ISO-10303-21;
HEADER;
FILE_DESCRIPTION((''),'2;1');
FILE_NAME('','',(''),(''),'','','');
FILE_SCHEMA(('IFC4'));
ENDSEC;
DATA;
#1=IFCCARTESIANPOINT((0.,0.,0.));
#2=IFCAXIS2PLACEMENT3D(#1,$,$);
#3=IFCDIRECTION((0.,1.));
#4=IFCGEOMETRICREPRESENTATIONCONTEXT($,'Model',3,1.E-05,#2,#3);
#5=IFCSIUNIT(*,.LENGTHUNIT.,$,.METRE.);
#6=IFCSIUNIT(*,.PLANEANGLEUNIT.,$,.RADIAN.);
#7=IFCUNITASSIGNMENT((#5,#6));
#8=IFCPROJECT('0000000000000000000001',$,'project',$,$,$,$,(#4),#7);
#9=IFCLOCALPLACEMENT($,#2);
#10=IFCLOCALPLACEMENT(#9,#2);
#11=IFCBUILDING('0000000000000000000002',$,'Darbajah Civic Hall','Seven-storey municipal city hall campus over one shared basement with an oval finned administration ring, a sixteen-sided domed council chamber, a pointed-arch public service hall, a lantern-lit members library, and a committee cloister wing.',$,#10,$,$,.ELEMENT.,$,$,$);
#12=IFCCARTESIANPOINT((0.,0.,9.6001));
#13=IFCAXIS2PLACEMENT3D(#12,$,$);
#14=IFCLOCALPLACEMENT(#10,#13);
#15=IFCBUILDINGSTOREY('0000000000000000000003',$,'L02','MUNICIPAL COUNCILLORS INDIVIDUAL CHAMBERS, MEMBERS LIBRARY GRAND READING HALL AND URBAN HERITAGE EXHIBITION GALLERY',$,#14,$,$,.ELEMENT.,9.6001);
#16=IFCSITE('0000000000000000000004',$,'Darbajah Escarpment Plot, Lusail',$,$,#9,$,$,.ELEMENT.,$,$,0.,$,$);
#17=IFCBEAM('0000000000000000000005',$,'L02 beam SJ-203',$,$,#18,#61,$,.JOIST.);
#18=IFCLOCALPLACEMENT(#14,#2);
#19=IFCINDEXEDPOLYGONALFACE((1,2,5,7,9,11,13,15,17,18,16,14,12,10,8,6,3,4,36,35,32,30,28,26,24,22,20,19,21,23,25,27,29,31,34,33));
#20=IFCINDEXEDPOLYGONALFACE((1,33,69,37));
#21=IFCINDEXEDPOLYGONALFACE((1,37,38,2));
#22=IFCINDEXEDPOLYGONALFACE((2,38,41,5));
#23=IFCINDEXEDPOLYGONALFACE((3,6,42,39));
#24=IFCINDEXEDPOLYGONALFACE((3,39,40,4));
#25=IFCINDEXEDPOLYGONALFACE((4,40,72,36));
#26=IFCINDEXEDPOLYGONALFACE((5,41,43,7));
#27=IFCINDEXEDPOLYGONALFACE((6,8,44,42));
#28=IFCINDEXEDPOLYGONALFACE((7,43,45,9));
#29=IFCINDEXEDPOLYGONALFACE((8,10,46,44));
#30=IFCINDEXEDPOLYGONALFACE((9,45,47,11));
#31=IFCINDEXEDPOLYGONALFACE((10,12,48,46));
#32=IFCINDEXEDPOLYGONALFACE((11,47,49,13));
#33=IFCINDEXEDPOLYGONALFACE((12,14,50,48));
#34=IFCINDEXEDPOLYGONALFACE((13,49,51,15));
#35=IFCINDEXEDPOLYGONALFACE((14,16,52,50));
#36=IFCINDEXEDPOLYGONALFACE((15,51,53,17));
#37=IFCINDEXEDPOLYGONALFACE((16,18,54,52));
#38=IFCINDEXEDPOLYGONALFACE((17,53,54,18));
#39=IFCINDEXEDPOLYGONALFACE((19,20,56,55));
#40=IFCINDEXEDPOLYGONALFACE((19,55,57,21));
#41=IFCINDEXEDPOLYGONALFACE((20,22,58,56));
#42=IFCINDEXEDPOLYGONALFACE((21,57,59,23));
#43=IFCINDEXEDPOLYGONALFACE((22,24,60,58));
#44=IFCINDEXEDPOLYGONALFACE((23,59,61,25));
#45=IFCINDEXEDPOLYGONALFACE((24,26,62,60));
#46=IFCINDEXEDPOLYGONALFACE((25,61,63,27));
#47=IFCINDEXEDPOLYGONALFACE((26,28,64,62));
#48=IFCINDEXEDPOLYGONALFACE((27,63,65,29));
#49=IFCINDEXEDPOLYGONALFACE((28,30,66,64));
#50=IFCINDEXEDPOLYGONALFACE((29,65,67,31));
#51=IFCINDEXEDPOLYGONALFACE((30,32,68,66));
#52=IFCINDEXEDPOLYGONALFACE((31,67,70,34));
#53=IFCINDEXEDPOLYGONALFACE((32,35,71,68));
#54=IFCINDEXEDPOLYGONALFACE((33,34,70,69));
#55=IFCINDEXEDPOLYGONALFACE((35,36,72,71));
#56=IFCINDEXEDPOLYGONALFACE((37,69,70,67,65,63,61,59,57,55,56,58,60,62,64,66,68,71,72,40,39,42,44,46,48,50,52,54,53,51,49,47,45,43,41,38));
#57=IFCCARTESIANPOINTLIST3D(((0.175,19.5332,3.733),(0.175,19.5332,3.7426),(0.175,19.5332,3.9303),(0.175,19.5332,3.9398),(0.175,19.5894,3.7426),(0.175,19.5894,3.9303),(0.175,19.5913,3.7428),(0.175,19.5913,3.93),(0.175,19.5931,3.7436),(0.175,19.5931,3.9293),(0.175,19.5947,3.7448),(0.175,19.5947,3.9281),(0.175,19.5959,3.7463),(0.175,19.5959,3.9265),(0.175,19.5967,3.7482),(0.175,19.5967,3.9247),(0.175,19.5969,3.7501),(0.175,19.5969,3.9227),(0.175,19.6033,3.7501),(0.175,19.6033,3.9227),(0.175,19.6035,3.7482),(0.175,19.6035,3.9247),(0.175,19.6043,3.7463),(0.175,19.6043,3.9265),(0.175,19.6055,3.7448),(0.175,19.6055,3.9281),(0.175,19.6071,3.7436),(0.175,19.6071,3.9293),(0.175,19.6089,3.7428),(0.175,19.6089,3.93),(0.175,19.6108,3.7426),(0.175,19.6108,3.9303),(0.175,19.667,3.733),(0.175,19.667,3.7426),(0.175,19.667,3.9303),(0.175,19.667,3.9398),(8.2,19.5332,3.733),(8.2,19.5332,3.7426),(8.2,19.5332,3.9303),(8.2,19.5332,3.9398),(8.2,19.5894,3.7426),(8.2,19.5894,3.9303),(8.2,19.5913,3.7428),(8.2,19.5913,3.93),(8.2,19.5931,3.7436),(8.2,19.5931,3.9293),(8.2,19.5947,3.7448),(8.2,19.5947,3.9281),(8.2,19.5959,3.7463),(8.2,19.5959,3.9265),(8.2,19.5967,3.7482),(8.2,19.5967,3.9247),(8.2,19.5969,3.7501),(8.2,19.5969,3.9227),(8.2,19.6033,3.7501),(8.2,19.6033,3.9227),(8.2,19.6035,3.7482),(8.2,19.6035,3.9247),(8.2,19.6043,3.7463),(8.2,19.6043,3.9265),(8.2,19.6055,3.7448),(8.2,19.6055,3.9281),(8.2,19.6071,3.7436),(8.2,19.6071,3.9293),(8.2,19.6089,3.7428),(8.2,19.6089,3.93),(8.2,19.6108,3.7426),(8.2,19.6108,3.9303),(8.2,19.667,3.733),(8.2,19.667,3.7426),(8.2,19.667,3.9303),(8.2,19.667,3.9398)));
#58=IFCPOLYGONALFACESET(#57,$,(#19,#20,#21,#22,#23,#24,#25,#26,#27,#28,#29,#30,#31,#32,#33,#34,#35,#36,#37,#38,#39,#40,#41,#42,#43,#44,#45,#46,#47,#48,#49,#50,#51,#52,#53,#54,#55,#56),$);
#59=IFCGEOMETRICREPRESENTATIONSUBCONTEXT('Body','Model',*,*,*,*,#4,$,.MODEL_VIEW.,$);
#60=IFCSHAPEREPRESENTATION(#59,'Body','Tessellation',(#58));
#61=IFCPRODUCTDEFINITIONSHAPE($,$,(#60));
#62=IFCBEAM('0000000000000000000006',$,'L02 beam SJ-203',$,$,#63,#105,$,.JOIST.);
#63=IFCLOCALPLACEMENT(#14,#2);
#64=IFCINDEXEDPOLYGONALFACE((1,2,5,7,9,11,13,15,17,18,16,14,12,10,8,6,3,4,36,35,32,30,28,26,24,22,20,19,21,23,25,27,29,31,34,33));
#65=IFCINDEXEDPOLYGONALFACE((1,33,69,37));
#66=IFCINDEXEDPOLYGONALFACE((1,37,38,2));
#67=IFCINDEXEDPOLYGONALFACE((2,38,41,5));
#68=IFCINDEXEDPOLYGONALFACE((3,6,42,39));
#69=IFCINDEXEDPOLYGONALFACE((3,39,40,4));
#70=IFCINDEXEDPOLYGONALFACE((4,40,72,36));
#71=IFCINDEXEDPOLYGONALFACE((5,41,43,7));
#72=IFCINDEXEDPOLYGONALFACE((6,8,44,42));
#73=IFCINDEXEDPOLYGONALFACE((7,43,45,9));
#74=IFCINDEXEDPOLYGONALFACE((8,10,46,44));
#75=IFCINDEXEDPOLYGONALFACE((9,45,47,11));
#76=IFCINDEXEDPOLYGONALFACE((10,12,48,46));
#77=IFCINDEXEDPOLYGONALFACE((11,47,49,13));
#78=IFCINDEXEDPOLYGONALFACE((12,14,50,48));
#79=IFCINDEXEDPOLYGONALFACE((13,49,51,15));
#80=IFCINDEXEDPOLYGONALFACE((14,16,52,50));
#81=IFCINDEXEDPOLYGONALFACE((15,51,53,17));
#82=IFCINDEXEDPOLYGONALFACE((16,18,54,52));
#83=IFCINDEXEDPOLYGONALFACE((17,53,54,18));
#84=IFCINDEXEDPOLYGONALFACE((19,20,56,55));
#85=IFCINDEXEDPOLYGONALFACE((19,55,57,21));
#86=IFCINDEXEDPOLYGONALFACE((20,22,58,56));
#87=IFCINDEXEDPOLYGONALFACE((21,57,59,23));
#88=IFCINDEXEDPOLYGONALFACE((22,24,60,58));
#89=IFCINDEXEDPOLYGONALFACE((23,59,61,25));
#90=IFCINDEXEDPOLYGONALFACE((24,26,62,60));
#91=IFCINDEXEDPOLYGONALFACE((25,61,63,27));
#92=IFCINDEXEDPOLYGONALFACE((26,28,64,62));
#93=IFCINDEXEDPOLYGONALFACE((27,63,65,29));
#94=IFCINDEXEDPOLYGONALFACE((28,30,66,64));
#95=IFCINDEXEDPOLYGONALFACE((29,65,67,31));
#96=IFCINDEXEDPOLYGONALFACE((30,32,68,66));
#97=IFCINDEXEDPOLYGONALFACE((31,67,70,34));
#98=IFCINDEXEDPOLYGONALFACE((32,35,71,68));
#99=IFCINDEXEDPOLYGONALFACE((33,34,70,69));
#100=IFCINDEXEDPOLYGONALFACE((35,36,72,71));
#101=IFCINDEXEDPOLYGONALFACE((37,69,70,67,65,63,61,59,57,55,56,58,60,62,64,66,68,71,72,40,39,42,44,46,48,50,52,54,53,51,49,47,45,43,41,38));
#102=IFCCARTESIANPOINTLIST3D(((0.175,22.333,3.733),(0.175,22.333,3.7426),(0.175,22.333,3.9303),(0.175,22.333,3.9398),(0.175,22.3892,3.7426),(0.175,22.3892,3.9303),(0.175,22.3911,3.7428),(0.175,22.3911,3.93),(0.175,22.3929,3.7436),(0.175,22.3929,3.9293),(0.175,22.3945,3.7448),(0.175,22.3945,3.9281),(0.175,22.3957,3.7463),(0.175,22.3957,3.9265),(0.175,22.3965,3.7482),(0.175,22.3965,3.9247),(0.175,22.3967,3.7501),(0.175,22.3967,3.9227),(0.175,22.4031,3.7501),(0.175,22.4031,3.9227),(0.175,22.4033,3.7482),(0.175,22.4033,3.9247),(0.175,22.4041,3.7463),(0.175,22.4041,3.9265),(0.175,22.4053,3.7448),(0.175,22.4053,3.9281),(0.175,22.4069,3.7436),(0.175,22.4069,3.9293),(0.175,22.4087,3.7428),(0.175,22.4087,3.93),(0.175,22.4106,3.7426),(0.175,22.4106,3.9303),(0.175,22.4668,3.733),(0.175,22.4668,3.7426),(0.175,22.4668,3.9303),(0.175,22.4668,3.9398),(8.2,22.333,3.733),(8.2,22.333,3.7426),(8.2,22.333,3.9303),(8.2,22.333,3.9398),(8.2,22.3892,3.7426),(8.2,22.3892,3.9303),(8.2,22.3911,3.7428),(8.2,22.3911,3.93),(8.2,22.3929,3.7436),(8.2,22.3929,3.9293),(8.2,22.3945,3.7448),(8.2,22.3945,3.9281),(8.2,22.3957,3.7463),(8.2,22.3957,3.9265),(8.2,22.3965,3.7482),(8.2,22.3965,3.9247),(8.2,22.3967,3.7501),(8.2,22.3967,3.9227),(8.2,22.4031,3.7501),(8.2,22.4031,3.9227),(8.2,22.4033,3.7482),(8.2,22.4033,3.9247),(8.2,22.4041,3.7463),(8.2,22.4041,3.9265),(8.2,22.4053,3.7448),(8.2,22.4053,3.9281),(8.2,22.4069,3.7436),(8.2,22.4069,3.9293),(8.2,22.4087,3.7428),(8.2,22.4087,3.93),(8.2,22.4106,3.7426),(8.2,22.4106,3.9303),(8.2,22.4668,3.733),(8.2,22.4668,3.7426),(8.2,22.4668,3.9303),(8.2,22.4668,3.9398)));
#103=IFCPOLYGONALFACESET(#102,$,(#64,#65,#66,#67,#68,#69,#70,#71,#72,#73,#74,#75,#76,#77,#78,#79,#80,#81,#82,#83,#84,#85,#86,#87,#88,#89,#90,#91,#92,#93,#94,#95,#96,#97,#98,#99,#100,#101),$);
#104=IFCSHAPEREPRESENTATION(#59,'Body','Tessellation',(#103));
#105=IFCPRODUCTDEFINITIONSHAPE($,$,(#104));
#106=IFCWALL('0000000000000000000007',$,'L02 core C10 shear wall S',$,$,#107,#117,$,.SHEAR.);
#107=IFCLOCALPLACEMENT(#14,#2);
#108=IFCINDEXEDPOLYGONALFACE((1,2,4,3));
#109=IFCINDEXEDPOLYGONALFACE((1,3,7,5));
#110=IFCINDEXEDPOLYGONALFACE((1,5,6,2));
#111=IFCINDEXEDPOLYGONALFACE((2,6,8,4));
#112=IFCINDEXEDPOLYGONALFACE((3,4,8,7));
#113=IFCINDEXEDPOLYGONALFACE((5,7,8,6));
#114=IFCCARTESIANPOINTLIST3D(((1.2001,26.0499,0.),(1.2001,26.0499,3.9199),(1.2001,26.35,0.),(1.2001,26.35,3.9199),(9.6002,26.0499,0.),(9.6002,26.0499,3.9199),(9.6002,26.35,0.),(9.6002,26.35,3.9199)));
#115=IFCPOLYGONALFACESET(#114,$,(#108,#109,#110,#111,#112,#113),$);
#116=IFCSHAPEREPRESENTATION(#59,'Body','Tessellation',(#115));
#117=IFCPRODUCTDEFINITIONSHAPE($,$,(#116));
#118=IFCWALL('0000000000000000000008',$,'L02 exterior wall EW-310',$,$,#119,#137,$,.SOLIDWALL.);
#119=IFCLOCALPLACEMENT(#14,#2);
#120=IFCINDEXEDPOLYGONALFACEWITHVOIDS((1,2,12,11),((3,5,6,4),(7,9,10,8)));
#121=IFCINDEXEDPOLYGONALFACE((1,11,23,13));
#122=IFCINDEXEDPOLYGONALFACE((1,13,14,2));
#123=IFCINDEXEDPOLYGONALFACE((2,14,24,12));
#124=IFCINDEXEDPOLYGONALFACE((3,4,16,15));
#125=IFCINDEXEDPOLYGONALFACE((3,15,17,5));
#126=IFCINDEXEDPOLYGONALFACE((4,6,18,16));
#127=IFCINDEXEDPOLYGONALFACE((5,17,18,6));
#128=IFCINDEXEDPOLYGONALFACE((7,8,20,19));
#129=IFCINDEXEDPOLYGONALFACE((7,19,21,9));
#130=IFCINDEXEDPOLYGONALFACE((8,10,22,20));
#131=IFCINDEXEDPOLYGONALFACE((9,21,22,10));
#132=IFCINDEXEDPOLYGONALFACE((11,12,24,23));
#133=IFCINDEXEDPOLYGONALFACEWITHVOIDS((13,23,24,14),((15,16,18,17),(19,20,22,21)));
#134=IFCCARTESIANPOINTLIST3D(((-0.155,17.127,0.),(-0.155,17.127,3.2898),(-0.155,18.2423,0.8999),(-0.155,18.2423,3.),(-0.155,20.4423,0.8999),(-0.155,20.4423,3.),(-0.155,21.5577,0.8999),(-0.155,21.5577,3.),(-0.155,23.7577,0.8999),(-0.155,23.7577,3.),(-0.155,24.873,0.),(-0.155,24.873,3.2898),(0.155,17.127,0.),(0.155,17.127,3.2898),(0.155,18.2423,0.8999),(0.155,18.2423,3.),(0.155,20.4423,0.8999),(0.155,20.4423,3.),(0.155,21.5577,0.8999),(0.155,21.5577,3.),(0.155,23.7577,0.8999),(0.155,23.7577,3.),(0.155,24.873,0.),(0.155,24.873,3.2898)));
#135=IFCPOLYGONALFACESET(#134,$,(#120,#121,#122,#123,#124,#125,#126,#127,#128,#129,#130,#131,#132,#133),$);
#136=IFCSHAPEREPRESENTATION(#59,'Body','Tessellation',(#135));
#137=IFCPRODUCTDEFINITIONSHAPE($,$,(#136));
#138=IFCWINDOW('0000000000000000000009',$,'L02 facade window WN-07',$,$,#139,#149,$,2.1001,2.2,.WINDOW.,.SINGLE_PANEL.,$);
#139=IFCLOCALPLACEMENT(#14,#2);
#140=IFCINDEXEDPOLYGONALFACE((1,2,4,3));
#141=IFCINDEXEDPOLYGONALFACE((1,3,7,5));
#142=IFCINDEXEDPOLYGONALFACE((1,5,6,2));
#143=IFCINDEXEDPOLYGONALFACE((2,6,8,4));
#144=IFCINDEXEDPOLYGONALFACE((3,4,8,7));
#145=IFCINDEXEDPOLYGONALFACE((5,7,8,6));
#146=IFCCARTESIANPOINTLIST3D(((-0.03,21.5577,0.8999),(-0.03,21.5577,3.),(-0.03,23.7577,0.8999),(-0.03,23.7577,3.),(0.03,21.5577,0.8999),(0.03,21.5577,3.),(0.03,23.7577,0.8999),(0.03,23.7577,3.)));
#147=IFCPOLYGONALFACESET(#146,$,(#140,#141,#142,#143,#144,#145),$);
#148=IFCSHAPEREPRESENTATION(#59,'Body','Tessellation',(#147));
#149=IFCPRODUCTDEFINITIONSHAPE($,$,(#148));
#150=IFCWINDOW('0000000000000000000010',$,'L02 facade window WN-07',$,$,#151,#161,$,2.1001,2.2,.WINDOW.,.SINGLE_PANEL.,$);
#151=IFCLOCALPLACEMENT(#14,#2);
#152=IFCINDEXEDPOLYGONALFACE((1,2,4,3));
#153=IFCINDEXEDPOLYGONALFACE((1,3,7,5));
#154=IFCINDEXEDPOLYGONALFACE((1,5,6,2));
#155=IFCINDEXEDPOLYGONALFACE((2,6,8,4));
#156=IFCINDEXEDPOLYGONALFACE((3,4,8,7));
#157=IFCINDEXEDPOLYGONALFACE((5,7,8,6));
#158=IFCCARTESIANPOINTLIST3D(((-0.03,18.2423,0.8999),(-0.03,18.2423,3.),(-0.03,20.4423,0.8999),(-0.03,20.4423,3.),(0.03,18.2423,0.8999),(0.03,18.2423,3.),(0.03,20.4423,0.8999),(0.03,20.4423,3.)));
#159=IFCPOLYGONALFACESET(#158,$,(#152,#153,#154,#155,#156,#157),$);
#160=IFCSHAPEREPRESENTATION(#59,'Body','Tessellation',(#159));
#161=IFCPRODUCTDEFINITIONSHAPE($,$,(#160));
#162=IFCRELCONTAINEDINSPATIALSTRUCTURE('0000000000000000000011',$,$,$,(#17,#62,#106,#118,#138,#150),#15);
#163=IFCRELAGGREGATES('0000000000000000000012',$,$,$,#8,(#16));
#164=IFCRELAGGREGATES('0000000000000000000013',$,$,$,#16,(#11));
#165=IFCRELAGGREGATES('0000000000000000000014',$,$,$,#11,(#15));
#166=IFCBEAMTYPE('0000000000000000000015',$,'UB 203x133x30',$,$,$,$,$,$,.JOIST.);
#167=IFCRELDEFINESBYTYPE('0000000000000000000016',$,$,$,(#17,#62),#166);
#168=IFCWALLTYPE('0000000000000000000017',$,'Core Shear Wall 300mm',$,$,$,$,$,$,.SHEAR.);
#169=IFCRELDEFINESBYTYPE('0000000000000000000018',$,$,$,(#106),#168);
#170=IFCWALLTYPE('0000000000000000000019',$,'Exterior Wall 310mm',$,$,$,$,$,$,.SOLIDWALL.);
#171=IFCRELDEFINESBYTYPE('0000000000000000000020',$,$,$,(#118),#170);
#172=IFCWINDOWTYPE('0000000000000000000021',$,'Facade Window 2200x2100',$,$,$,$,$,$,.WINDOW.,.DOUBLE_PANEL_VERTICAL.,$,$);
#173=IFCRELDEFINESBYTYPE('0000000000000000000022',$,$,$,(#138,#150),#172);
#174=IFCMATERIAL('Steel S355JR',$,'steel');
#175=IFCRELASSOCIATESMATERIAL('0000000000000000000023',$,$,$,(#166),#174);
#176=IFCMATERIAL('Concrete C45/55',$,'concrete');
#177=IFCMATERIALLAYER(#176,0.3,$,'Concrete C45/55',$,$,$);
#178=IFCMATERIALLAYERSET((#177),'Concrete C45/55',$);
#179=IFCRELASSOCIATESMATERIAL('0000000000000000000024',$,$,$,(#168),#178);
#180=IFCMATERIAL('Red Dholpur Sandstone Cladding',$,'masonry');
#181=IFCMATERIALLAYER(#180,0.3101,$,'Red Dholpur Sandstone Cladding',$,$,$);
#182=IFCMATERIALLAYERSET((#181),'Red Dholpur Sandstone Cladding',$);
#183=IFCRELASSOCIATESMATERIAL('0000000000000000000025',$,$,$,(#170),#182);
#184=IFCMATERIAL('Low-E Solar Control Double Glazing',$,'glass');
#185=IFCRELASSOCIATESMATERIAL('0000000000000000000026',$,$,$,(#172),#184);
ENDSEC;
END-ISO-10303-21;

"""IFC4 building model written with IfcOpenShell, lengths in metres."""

from ifc_helpers import new_model, si_unit, direction, frame, frame_2d, origin, origin_2d, place, context, subcontext, project, spatial, rectangle, i_section, extrude, material, layer, layer_set, material_profile, profile_set, type_object, element, fill, save


model = new_model("IFC4")

# Units and contexts
model_context = context("Model", 3, precision=1e-05, world=origin(), true_north=direction((0.0, 1.0)))
body_context = subcontext(model_context, "Body", "Model", "MODEL_VIEW")
ifc_project = project(units=[si_unit("LENGTHUNIT", "METRE"), si_unit("PLANEANGLEUNIT", "RADIAN")], contexts=[model_context])

# Site, building, storey
site_placement = place(None, origin())
site = spatial("IfcSite", under=ifc_project, at=site_placement, Name="Darbajah Escarpment Plot, Lusail", CompositionType="ELEMENT", RefElevation=0.0)
building_placement = place(site_placement, origin())
building = spatial("IfcBuilding", under=site, at=building_placement, Name="Darbajah Civic Hall", Description="Seven-storey municipal city hall campus over one shared basement with an oval finned administration ring, a sixteen-sided domed council chamber, a pointed-arch public service hall, a lantern-lit members library, and a committee cloister wing.", CompositionType="ELEMENT")
storey_placement = place(building_placement, frame((0.0, 0.0, 9.6001)))
storey = spatial("IfcBuildingStorey", under=building, at=storey_placement, Name="L02", Description="MUNICIPAL COUNCILLORS INDIVIDUAL CHAMBERS, MEMBERS LIBRARY GRAND READING HALL AND URBAN HERITAGE EXHIBITION GALLERY", CompositionType="ELEMENT", Elevation=9.6001)

# Shared definitions
ifc_material_1 = material(Name="Concrete C45/55", Category="concrete")

# Beams
ifc_material_2 = material(Name="Steel S355JR", Category="steel")
ifc_material_profile_1 = material_profile(ifc_material_2, i_section(OverallWidth=0.1338, OverallDepth=0.2068, WebThickness=0.0063, FlangeThickness=0.0095, FilletRadius=0.0076, at=origin_2d()), Name="UB 203x133x30")
ifc_profile_set_1 = profile_set([ifc_material_profile_1], Name="Steel S355JR")
beam_type_1 = type_object("IfcBeamType", Name="UB 203x133x30", PredefinedType="JOIST", material=ifc_profile_set_1)
for number, where, z_axis, x_axis, name in (
    (1, (0.175, 19.6001, 3.8364), (1.0, 0.0, 0.0), (0.0, 1.0, 0.0), "L02 beam SJ-203"),
    (2, (0.175, 22.3999, 3.8364), (1.0, 0.0, 0.0), (0.0, 1.0, 0.0), "L02 beam SJ-203"),
):
    element("IfcBeam", number, at=place(storey_placement, frame(where, z_axis=z_axis, x_axis=x_axis)), inside=storey, type_object=beam_type_1, Name=name, PredefinedType="JOIST", context=body_context, shape_type="SweptSolid", body=[
        extrude(i_section(OverallWidth=0.1338, OverallDepth=0.2068, WebThickness=0.0063, FlangeThickness=0.0095, FilletRadius=0.0076, at=origin_2d()), origin(), (0.0, 0.0, 1.0), 8.0249),
    ])

# Wall
ifc_layer_1 = layer(ifc_material_1, 0.3, Name="Concrete C45/55")
ifc_layer_set_1 = layer_set([ifc_layer_1], Name="Concrete C45/55")
wall_type_1 = type_object("IfcWallType", Name="Core Shear Wall 300mm", PredefinedType="SHEAR", material=ifc_layer_set_1)
wall_1_placement = place(storey_placement, frame((1.2, 26.2, 0.0), z_axis=(0.0, 0.0, 1.0), x_axis=(1.0, 0.0, 0.0)))
element("IfcWall", 3, at=wall_1_placement, inside=storey, type_object=wall_type_1, Name="L02 core C10 shear wall S", PredefinedType="SHEAR", context=body_context, shape_type="SweptSolid", body=[
    extrude(rectangle(XDim=8.4001, YDim=0.3, at=frame_2d((4.2002, 0.0))), origin(), (0.0, 0.0, 1.0), 3.9199),
])

# Wall, openings, windows
ifc_material_3 = material(Name="Red Dholpur Sandstone Cladding", Category="masonry")
ifc_layer_2 = layer(ifc_material_3, 0.3101, Name="Red Dholpur Sandstone Cladding")
ifc_layer_set_2 = layer_set([ifc_layer_2], Name="Red Dholpur Sandstone Cladding")
wall_type_2 = type_object("IfcWallType", Name="Exterior Wall 310mm", PredefinedType="SOLIDWALL", material=ifc_layer_set_2)
wall_2_placement = place(storey_placement, frame((0.0, 24.873, 0.0), z_axis=(0.0, 0.0, 1.0), x_axis=(0.0, -1.0, 0.0)))
wall_2 = element("IfcWall", 4, at=wall_2_placement, inside=storey, type_object=wall_type_2, Name="L02 exterior wall EW-310", PredefinedType="SOLIDWALL", context=body_context, shape_type="SweptSolid", body=[
    extrude(rectangle(XDim=7.7461, YDim=0.3101, at=frame_2d((3.873, 0.0))), origin(), (0.0, 0.0, 1.0), 3.2898),
])
opening_1_placement = place(wall_2_placement, frame((1.1152, 0.0, 0.8999)))
opening_1 = element("IfcOpeningElement", 5, at=opening_1_placement, cuts=wall_2, PredefinedType="OPENING", context=body_context, shape_type="SweptSolid", body=[
    extrude(rectangle(XDim=2.2, YDim=2.1001, at=frame_2d((1.1001, 1.05))), frame((0.0, 0.165, 0.0), z_axis=(0.0, -1.0, 0.0), x_axis=(1.0, 0.0, 0.0)), (0.0, 0.0, 1.0), 0.3301),
])
opening_2_placement = place(wall_2_placement, frame((4.4307, 0.0, 0.8999)))
opening_2 = element("IfcOpeningElement", 6, at=opening_2_placement, cuts=wall_2, PredefinedType="OPENING", context=body_context, shape_type="SweptSolid", body=[
    extrude(rectangle(XDim=2.2, YDim=2.1001, at=frame_2d((1.1001, 1.05))), frame((0.0, 0.165, 0.0), z_axis=(0.0, -1.0, 0.0), x_axis=(1.0, 0.0, 0.0)), (0.0, 0.0, 1.0), 0.3301),
])
ifc_material_4 = material(Name="Low-E Solar Control Double Glazing", Category="glass")
window_type_1 = type_object("IfcWindowType", Name="Facade Window 2200x2100", PartitioningType="DOUBLE_PANEL_VERTICAL", PredefinedType="WINDOW", material=ifc_material_4)
window_1_placement = place(opening_1_placement, origin())
window_1 = element("IfcWindow", 7, at=window_1_placement, inside=storey, type_object=window_type_1, Name="L02 facade window WN-07", OverallHeight=2.1001, OverallWidth=2.2, PartitioningType="SINGLE_PANEL", PredefinedType="WINDOW", context=body_context, shape_type="SweptSolid", body=[
    extrude(rectangle(XDim=2.2, YDim=2.1001, at=frame_2d((1.1001, 1.05))), frame((0.0, 0.03, 0.0), z_axis=(0.0, -1.0, 0.0), x_axis=(1.0, 0.0, 0.0)), (0.0, 0.0, 1.0), 0.0601),
])
fill(opening_1, window_1)
window_2_placement = place(opening_2_placement, origin())
window_2 = element("IfcWindow", 8, at=window_2_placement, inside=storey, type_object=window_type_1, Name="L02 facade window WN-07", OverallHeight=2.1001, OverallWidth=2.2, PartitioningType="SINGLE_PANEL", PredefinedType="WINDOW", context=body_context, shape_type="SweptSolid", body=[
    extrude(rectangle(XDim=2.2, YDim=2.1001, at=frame_2d((1.1001, 1.05))), frame((0.0, 0.03, 0.0), z_axis=(0.0, -1.0, 0.0), x_axis=(1.0, 0.0, 0.0)), (0.0, 0.0, 1.0), 0.0601),
])
fill(opening_2, window_2)

save(model, "model.ifc")
